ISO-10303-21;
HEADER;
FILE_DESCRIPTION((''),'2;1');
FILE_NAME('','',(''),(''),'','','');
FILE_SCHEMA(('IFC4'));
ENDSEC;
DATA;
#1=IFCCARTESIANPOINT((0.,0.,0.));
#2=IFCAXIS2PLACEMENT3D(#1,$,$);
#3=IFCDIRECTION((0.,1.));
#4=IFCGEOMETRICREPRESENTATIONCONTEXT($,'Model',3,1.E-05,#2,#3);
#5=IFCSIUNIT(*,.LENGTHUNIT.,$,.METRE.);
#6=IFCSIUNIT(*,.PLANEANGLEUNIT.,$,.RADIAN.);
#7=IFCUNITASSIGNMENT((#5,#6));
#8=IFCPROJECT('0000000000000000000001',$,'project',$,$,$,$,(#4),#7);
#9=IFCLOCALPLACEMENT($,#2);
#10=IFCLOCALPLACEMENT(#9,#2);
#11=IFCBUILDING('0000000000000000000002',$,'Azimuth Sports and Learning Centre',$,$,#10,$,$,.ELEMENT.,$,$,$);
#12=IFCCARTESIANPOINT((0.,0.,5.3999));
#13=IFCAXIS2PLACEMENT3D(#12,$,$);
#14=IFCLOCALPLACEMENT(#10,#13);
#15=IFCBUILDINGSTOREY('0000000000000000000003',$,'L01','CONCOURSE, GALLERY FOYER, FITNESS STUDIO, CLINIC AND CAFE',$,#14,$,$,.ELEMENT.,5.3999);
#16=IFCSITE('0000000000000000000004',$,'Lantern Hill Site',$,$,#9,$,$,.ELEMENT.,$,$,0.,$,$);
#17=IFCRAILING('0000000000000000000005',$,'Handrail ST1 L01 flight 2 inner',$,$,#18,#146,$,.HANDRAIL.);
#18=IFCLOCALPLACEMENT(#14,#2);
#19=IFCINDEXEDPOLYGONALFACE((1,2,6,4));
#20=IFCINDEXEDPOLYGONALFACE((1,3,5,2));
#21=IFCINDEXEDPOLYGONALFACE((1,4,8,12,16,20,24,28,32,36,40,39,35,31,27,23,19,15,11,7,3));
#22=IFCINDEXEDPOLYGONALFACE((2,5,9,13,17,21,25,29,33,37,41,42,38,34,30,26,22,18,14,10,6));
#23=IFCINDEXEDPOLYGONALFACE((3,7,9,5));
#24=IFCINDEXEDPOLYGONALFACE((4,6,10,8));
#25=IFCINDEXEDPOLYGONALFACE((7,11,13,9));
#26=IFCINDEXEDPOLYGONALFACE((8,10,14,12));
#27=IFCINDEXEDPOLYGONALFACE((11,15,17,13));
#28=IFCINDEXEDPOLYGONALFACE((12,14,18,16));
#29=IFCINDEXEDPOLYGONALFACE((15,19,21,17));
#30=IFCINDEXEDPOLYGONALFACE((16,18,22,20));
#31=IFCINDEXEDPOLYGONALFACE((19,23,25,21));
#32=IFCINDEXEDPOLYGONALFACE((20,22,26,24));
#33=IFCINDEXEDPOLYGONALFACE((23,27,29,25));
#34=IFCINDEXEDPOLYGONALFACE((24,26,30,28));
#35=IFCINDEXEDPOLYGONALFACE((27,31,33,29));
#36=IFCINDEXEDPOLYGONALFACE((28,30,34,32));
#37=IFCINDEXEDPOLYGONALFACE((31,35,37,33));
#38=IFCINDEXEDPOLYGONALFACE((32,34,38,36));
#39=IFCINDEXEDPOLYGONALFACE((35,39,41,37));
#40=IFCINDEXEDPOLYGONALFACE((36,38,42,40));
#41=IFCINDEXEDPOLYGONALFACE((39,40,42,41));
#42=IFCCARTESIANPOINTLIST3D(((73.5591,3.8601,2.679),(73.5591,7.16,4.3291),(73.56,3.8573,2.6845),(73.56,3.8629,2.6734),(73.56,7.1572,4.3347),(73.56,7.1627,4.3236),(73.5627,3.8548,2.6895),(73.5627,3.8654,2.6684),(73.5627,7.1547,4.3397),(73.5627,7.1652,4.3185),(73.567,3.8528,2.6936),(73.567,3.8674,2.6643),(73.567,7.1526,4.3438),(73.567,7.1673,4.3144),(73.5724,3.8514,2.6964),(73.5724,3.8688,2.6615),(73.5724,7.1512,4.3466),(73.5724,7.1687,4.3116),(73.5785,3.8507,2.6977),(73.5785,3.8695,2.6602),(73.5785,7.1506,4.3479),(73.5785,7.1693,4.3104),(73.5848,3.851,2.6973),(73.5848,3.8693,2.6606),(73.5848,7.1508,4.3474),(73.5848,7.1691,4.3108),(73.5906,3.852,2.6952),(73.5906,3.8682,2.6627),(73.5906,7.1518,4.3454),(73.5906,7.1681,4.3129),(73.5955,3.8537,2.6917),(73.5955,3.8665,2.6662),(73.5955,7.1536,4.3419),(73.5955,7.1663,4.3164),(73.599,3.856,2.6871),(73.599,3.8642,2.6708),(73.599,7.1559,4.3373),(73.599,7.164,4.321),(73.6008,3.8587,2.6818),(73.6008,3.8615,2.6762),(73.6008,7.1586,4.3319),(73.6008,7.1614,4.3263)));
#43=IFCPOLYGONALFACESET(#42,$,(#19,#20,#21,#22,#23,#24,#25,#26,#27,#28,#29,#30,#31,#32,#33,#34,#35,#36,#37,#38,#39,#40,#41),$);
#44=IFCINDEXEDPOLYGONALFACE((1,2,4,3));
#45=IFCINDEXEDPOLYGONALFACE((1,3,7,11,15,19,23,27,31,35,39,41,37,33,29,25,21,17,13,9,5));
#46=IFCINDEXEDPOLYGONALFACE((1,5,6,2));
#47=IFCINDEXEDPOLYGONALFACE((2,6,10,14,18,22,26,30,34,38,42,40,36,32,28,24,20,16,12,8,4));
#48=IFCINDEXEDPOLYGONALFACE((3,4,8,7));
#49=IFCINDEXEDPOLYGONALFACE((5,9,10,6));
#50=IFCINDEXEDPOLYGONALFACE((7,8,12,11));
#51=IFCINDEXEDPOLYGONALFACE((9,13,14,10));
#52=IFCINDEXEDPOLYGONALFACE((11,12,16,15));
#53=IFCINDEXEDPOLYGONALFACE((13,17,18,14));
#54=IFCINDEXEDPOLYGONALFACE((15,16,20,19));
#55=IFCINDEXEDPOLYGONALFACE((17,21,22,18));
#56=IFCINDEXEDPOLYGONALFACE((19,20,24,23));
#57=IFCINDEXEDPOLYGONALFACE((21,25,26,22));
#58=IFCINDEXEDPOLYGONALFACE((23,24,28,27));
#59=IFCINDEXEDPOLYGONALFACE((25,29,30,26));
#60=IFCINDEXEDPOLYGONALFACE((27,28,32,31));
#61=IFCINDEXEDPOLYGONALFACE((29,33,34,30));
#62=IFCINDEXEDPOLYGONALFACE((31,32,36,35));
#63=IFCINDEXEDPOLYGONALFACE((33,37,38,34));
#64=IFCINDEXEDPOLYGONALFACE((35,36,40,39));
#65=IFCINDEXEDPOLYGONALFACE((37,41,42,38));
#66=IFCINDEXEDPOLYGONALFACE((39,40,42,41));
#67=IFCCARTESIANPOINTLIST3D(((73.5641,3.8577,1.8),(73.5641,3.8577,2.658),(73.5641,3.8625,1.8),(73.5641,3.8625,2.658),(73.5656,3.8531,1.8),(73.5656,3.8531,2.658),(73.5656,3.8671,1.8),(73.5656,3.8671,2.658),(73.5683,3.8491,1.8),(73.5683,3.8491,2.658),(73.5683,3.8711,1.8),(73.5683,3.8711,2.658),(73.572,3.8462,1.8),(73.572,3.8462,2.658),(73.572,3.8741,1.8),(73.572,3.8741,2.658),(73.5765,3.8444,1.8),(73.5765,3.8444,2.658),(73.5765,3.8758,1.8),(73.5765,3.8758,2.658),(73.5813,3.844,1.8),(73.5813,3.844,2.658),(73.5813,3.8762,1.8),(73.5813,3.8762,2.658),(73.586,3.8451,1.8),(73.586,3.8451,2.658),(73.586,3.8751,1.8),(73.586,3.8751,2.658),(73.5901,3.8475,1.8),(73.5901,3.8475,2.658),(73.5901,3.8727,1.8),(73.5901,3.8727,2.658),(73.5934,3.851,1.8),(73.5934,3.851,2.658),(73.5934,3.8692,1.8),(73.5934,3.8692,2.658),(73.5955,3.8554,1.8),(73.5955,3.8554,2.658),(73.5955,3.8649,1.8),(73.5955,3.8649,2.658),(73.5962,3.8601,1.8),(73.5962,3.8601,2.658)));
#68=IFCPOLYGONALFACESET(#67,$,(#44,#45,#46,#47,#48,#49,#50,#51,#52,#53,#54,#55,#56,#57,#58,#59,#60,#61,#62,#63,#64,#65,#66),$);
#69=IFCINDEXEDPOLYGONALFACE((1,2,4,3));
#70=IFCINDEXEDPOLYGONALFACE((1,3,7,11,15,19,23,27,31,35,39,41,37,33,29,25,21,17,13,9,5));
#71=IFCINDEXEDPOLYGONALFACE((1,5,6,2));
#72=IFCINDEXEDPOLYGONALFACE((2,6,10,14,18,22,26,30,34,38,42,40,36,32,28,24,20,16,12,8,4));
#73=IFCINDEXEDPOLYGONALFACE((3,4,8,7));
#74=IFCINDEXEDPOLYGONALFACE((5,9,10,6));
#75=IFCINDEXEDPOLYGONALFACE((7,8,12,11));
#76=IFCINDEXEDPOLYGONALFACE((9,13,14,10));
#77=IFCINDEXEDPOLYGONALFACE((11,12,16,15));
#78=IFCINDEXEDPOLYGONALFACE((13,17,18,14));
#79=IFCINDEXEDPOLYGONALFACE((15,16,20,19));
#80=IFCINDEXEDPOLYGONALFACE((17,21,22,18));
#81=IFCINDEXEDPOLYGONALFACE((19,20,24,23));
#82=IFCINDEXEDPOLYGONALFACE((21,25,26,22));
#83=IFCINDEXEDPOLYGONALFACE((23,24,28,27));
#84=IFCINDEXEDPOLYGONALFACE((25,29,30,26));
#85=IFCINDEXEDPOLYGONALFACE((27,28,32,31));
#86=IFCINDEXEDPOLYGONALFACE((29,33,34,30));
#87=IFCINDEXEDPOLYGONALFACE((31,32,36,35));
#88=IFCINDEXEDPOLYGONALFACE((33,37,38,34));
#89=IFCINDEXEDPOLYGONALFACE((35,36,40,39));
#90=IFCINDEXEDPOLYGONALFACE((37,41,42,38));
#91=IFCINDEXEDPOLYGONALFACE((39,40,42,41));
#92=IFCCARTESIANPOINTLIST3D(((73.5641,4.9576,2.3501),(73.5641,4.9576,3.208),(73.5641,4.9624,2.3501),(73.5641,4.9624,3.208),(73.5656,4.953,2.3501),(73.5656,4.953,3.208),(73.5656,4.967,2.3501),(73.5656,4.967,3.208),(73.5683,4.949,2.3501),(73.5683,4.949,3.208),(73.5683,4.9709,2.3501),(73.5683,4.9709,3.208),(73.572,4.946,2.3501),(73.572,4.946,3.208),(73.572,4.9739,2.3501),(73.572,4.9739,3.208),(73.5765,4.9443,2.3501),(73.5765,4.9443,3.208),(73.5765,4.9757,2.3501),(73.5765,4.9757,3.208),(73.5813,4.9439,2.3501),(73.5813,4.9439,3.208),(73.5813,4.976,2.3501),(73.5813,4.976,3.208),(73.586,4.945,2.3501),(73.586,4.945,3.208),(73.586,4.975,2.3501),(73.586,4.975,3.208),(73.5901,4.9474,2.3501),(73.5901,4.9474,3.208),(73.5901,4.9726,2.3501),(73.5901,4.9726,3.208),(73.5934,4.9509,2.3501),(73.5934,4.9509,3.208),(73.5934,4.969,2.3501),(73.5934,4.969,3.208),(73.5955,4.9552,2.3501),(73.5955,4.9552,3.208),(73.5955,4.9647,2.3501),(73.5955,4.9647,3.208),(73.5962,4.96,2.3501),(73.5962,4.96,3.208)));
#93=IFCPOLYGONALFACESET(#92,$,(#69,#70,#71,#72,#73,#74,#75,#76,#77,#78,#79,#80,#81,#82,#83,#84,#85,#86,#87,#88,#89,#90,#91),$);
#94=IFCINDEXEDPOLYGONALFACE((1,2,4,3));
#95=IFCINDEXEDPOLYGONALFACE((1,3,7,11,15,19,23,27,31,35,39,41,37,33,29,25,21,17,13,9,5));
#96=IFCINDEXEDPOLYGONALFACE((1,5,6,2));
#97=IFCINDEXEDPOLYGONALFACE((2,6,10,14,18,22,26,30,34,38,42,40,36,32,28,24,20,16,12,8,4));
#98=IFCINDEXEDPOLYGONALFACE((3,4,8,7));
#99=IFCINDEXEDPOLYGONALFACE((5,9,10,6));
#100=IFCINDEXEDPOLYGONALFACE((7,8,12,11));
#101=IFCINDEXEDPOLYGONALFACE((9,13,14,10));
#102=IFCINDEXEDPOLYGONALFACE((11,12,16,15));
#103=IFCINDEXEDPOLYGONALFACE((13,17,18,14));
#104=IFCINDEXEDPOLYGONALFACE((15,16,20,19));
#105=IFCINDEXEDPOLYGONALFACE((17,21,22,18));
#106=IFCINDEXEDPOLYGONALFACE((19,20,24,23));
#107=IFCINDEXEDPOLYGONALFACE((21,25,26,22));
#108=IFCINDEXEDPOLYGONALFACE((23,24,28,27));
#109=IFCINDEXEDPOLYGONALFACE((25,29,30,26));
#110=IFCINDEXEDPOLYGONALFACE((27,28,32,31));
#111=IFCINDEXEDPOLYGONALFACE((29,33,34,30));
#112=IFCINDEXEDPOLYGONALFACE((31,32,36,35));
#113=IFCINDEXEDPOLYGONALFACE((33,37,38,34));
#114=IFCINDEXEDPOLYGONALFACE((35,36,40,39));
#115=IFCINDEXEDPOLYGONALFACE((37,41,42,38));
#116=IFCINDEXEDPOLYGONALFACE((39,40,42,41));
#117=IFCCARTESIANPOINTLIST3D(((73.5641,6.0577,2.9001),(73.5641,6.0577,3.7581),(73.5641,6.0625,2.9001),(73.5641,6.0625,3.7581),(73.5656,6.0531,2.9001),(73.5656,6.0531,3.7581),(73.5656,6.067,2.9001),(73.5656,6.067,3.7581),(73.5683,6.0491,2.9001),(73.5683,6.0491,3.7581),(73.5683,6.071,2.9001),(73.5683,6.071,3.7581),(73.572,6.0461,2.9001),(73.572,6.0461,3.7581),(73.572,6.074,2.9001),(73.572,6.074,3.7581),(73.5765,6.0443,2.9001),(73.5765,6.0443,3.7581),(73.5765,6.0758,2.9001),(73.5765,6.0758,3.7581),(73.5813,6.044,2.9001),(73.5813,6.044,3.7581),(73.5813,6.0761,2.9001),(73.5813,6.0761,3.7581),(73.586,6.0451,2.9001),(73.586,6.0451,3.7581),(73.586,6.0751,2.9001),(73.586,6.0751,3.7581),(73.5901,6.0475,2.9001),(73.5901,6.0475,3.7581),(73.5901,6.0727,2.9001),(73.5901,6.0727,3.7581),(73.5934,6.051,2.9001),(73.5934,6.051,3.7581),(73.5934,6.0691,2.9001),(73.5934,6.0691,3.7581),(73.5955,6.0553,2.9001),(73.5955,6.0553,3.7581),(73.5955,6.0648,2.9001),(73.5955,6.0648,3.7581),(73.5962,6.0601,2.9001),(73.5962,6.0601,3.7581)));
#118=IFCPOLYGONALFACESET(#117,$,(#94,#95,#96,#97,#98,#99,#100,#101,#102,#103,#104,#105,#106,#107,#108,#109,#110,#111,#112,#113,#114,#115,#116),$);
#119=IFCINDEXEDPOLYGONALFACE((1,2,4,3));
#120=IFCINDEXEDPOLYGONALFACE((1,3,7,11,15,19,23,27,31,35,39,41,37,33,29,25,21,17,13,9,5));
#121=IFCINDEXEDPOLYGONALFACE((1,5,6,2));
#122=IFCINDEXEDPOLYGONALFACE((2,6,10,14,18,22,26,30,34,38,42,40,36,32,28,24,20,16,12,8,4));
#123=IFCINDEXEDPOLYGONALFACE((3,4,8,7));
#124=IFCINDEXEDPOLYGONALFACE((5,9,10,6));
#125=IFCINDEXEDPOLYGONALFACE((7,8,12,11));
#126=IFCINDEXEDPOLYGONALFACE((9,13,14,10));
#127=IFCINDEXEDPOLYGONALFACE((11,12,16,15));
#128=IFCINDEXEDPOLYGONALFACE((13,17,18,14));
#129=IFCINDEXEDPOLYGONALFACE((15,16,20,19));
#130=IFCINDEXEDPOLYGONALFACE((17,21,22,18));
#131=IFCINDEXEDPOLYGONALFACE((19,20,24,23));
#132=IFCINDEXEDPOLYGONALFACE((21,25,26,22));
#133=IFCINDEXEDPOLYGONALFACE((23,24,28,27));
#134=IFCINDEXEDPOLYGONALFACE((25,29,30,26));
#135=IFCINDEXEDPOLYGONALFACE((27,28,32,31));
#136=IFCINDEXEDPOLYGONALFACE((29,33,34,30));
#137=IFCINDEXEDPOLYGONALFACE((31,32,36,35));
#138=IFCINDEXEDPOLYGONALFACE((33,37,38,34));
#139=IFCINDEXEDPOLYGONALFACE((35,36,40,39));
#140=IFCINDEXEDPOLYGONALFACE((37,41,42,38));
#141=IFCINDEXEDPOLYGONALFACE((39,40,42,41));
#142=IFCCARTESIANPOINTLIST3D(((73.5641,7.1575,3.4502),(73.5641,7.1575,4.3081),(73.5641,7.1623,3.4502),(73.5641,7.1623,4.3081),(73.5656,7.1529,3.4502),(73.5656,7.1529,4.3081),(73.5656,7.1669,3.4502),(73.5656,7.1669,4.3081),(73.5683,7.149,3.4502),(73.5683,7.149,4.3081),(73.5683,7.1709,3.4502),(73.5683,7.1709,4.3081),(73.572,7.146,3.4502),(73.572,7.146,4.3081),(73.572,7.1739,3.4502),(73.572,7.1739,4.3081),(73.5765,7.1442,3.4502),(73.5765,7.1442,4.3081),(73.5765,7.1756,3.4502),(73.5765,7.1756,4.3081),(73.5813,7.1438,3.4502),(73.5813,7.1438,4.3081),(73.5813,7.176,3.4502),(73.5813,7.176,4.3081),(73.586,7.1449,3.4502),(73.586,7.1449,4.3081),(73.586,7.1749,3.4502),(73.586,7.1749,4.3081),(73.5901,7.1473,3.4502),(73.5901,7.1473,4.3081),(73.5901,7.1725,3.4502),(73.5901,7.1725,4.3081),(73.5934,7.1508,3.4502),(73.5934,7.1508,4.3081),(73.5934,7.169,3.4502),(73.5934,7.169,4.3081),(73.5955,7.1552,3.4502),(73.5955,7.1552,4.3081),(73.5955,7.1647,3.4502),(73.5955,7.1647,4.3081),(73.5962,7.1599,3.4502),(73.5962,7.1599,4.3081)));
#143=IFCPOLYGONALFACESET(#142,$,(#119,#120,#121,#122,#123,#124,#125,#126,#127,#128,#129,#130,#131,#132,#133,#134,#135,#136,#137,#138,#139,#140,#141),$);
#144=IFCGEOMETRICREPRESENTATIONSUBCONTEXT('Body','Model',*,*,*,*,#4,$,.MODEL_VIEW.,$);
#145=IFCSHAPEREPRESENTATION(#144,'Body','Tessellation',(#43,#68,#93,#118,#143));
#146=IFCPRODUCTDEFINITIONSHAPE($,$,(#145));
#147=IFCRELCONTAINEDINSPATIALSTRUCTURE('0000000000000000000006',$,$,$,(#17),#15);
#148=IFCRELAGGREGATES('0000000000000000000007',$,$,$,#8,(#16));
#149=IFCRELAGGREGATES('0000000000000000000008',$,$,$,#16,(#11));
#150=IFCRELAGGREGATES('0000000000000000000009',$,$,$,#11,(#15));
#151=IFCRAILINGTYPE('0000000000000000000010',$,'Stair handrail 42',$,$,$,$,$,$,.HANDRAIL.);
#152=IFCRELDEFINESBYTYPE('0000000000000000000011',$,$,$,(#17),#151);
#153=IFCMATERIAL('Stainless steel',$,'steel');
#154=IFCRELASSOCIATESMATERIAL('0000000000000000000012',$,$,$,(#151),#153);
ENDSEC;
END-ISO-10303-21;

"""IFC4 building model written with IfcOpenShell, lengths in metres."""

from ifc_helpers import new_model, si_unit, direction, frame, origin, origin_2d, place, context, subcontext, project, spatial, circle, extrude, material, type_object, element, save


model = new_model("IFC4")

# Units and contexts
model_context = context("Model", 3, precision=1e-05, world=origin(), true_north=direction((0.0, 1.0)))
body_context = subcontext(model_context, "Body", "Model", "MODEL_VIEW")
ifc_project = project(units=[si_unit("LENGTHUNIT", "METRE"), si_unit("PLANEANGLEUNIT", "RADIAN")], contexts=[model_context])

# Site, building, storey
site_placement = place(None, origin())
site = spatial("IfcSite", under=ifc_project, at=site_placement, Name="Lantern Hill Site", CompositionType="ELEMENT", RefElevation=0.0)
building_placement = place(site_placement, origin())
building = spatial("IfcBuilding", under=site, at=building_placement, Name="Azimuth Sports and Learning Centre", CompositionType="ELEMENT")
storey_placement = place(building_placement, frame((0.0, 0.0, 5.3999)))
storey = spatial("IfcBuildingStorey", under=building, at=storey_placement, Name="L01", Description="CONCOURSE, GALLERY FOYER, FITNESS STUDIO, CLINIC AND CAFE", CompositionType="ELEMENT", Elevation=5.3999)

# Railing
ifc_material_1 = material(Name="Stainless steel", Category="steel")
railing_type_1 = type_object("IfcRailingType", Name="Stair handrail 42", PredefinedType="HANDRAIL", material=ifc_material_1)
for number, where, name in (
    (1, (73.5801, 3.8601, 1.8), "Handrail ST1 L01 flight 2 inner"),
):
    element("IfcRailing", number, at=place(storey_placement, frame(where)), inside=storey, type_object=railing_type_1, Name=name, PredefinedType="HANDRAIL", context=body_context, shape_type="SweptSolid", body=[
        extrude(circle(Radius=0.021, at=origin_2d()), frame((0.0, 0.0, 0.8789), z_axis=(0.0, 0.894401, 0.447267), x_axis=(-1.0, 0.0, 0.0)), (0.0, 0.0, 1.0), 3.6895),
        extrude(circle(Radius=0.0161, at=origin_2d()), origin(), (0.0, 0.0, 1.0), 0.8579),
        extrude(circle(Radius=0.0161, at=origin_2d()), frame((0.0, 1.0999, 0.55)), (0.0, 0.0, 1.0), 0.8579),
        extrude(circle(Radius=0.0161, at=origin_2d()), frame((0.0, 2.2, 1.1001)), (0.0, 0.0, 1.0), 0.8579),
        extrude(circle(Radius=0.0161, at=origin_2d()), frame((0.0, 3.2998, 1.6501)), (0.0, 0.0, 1.0), 0.8579),
    ])

save(model, "model.ifc")
